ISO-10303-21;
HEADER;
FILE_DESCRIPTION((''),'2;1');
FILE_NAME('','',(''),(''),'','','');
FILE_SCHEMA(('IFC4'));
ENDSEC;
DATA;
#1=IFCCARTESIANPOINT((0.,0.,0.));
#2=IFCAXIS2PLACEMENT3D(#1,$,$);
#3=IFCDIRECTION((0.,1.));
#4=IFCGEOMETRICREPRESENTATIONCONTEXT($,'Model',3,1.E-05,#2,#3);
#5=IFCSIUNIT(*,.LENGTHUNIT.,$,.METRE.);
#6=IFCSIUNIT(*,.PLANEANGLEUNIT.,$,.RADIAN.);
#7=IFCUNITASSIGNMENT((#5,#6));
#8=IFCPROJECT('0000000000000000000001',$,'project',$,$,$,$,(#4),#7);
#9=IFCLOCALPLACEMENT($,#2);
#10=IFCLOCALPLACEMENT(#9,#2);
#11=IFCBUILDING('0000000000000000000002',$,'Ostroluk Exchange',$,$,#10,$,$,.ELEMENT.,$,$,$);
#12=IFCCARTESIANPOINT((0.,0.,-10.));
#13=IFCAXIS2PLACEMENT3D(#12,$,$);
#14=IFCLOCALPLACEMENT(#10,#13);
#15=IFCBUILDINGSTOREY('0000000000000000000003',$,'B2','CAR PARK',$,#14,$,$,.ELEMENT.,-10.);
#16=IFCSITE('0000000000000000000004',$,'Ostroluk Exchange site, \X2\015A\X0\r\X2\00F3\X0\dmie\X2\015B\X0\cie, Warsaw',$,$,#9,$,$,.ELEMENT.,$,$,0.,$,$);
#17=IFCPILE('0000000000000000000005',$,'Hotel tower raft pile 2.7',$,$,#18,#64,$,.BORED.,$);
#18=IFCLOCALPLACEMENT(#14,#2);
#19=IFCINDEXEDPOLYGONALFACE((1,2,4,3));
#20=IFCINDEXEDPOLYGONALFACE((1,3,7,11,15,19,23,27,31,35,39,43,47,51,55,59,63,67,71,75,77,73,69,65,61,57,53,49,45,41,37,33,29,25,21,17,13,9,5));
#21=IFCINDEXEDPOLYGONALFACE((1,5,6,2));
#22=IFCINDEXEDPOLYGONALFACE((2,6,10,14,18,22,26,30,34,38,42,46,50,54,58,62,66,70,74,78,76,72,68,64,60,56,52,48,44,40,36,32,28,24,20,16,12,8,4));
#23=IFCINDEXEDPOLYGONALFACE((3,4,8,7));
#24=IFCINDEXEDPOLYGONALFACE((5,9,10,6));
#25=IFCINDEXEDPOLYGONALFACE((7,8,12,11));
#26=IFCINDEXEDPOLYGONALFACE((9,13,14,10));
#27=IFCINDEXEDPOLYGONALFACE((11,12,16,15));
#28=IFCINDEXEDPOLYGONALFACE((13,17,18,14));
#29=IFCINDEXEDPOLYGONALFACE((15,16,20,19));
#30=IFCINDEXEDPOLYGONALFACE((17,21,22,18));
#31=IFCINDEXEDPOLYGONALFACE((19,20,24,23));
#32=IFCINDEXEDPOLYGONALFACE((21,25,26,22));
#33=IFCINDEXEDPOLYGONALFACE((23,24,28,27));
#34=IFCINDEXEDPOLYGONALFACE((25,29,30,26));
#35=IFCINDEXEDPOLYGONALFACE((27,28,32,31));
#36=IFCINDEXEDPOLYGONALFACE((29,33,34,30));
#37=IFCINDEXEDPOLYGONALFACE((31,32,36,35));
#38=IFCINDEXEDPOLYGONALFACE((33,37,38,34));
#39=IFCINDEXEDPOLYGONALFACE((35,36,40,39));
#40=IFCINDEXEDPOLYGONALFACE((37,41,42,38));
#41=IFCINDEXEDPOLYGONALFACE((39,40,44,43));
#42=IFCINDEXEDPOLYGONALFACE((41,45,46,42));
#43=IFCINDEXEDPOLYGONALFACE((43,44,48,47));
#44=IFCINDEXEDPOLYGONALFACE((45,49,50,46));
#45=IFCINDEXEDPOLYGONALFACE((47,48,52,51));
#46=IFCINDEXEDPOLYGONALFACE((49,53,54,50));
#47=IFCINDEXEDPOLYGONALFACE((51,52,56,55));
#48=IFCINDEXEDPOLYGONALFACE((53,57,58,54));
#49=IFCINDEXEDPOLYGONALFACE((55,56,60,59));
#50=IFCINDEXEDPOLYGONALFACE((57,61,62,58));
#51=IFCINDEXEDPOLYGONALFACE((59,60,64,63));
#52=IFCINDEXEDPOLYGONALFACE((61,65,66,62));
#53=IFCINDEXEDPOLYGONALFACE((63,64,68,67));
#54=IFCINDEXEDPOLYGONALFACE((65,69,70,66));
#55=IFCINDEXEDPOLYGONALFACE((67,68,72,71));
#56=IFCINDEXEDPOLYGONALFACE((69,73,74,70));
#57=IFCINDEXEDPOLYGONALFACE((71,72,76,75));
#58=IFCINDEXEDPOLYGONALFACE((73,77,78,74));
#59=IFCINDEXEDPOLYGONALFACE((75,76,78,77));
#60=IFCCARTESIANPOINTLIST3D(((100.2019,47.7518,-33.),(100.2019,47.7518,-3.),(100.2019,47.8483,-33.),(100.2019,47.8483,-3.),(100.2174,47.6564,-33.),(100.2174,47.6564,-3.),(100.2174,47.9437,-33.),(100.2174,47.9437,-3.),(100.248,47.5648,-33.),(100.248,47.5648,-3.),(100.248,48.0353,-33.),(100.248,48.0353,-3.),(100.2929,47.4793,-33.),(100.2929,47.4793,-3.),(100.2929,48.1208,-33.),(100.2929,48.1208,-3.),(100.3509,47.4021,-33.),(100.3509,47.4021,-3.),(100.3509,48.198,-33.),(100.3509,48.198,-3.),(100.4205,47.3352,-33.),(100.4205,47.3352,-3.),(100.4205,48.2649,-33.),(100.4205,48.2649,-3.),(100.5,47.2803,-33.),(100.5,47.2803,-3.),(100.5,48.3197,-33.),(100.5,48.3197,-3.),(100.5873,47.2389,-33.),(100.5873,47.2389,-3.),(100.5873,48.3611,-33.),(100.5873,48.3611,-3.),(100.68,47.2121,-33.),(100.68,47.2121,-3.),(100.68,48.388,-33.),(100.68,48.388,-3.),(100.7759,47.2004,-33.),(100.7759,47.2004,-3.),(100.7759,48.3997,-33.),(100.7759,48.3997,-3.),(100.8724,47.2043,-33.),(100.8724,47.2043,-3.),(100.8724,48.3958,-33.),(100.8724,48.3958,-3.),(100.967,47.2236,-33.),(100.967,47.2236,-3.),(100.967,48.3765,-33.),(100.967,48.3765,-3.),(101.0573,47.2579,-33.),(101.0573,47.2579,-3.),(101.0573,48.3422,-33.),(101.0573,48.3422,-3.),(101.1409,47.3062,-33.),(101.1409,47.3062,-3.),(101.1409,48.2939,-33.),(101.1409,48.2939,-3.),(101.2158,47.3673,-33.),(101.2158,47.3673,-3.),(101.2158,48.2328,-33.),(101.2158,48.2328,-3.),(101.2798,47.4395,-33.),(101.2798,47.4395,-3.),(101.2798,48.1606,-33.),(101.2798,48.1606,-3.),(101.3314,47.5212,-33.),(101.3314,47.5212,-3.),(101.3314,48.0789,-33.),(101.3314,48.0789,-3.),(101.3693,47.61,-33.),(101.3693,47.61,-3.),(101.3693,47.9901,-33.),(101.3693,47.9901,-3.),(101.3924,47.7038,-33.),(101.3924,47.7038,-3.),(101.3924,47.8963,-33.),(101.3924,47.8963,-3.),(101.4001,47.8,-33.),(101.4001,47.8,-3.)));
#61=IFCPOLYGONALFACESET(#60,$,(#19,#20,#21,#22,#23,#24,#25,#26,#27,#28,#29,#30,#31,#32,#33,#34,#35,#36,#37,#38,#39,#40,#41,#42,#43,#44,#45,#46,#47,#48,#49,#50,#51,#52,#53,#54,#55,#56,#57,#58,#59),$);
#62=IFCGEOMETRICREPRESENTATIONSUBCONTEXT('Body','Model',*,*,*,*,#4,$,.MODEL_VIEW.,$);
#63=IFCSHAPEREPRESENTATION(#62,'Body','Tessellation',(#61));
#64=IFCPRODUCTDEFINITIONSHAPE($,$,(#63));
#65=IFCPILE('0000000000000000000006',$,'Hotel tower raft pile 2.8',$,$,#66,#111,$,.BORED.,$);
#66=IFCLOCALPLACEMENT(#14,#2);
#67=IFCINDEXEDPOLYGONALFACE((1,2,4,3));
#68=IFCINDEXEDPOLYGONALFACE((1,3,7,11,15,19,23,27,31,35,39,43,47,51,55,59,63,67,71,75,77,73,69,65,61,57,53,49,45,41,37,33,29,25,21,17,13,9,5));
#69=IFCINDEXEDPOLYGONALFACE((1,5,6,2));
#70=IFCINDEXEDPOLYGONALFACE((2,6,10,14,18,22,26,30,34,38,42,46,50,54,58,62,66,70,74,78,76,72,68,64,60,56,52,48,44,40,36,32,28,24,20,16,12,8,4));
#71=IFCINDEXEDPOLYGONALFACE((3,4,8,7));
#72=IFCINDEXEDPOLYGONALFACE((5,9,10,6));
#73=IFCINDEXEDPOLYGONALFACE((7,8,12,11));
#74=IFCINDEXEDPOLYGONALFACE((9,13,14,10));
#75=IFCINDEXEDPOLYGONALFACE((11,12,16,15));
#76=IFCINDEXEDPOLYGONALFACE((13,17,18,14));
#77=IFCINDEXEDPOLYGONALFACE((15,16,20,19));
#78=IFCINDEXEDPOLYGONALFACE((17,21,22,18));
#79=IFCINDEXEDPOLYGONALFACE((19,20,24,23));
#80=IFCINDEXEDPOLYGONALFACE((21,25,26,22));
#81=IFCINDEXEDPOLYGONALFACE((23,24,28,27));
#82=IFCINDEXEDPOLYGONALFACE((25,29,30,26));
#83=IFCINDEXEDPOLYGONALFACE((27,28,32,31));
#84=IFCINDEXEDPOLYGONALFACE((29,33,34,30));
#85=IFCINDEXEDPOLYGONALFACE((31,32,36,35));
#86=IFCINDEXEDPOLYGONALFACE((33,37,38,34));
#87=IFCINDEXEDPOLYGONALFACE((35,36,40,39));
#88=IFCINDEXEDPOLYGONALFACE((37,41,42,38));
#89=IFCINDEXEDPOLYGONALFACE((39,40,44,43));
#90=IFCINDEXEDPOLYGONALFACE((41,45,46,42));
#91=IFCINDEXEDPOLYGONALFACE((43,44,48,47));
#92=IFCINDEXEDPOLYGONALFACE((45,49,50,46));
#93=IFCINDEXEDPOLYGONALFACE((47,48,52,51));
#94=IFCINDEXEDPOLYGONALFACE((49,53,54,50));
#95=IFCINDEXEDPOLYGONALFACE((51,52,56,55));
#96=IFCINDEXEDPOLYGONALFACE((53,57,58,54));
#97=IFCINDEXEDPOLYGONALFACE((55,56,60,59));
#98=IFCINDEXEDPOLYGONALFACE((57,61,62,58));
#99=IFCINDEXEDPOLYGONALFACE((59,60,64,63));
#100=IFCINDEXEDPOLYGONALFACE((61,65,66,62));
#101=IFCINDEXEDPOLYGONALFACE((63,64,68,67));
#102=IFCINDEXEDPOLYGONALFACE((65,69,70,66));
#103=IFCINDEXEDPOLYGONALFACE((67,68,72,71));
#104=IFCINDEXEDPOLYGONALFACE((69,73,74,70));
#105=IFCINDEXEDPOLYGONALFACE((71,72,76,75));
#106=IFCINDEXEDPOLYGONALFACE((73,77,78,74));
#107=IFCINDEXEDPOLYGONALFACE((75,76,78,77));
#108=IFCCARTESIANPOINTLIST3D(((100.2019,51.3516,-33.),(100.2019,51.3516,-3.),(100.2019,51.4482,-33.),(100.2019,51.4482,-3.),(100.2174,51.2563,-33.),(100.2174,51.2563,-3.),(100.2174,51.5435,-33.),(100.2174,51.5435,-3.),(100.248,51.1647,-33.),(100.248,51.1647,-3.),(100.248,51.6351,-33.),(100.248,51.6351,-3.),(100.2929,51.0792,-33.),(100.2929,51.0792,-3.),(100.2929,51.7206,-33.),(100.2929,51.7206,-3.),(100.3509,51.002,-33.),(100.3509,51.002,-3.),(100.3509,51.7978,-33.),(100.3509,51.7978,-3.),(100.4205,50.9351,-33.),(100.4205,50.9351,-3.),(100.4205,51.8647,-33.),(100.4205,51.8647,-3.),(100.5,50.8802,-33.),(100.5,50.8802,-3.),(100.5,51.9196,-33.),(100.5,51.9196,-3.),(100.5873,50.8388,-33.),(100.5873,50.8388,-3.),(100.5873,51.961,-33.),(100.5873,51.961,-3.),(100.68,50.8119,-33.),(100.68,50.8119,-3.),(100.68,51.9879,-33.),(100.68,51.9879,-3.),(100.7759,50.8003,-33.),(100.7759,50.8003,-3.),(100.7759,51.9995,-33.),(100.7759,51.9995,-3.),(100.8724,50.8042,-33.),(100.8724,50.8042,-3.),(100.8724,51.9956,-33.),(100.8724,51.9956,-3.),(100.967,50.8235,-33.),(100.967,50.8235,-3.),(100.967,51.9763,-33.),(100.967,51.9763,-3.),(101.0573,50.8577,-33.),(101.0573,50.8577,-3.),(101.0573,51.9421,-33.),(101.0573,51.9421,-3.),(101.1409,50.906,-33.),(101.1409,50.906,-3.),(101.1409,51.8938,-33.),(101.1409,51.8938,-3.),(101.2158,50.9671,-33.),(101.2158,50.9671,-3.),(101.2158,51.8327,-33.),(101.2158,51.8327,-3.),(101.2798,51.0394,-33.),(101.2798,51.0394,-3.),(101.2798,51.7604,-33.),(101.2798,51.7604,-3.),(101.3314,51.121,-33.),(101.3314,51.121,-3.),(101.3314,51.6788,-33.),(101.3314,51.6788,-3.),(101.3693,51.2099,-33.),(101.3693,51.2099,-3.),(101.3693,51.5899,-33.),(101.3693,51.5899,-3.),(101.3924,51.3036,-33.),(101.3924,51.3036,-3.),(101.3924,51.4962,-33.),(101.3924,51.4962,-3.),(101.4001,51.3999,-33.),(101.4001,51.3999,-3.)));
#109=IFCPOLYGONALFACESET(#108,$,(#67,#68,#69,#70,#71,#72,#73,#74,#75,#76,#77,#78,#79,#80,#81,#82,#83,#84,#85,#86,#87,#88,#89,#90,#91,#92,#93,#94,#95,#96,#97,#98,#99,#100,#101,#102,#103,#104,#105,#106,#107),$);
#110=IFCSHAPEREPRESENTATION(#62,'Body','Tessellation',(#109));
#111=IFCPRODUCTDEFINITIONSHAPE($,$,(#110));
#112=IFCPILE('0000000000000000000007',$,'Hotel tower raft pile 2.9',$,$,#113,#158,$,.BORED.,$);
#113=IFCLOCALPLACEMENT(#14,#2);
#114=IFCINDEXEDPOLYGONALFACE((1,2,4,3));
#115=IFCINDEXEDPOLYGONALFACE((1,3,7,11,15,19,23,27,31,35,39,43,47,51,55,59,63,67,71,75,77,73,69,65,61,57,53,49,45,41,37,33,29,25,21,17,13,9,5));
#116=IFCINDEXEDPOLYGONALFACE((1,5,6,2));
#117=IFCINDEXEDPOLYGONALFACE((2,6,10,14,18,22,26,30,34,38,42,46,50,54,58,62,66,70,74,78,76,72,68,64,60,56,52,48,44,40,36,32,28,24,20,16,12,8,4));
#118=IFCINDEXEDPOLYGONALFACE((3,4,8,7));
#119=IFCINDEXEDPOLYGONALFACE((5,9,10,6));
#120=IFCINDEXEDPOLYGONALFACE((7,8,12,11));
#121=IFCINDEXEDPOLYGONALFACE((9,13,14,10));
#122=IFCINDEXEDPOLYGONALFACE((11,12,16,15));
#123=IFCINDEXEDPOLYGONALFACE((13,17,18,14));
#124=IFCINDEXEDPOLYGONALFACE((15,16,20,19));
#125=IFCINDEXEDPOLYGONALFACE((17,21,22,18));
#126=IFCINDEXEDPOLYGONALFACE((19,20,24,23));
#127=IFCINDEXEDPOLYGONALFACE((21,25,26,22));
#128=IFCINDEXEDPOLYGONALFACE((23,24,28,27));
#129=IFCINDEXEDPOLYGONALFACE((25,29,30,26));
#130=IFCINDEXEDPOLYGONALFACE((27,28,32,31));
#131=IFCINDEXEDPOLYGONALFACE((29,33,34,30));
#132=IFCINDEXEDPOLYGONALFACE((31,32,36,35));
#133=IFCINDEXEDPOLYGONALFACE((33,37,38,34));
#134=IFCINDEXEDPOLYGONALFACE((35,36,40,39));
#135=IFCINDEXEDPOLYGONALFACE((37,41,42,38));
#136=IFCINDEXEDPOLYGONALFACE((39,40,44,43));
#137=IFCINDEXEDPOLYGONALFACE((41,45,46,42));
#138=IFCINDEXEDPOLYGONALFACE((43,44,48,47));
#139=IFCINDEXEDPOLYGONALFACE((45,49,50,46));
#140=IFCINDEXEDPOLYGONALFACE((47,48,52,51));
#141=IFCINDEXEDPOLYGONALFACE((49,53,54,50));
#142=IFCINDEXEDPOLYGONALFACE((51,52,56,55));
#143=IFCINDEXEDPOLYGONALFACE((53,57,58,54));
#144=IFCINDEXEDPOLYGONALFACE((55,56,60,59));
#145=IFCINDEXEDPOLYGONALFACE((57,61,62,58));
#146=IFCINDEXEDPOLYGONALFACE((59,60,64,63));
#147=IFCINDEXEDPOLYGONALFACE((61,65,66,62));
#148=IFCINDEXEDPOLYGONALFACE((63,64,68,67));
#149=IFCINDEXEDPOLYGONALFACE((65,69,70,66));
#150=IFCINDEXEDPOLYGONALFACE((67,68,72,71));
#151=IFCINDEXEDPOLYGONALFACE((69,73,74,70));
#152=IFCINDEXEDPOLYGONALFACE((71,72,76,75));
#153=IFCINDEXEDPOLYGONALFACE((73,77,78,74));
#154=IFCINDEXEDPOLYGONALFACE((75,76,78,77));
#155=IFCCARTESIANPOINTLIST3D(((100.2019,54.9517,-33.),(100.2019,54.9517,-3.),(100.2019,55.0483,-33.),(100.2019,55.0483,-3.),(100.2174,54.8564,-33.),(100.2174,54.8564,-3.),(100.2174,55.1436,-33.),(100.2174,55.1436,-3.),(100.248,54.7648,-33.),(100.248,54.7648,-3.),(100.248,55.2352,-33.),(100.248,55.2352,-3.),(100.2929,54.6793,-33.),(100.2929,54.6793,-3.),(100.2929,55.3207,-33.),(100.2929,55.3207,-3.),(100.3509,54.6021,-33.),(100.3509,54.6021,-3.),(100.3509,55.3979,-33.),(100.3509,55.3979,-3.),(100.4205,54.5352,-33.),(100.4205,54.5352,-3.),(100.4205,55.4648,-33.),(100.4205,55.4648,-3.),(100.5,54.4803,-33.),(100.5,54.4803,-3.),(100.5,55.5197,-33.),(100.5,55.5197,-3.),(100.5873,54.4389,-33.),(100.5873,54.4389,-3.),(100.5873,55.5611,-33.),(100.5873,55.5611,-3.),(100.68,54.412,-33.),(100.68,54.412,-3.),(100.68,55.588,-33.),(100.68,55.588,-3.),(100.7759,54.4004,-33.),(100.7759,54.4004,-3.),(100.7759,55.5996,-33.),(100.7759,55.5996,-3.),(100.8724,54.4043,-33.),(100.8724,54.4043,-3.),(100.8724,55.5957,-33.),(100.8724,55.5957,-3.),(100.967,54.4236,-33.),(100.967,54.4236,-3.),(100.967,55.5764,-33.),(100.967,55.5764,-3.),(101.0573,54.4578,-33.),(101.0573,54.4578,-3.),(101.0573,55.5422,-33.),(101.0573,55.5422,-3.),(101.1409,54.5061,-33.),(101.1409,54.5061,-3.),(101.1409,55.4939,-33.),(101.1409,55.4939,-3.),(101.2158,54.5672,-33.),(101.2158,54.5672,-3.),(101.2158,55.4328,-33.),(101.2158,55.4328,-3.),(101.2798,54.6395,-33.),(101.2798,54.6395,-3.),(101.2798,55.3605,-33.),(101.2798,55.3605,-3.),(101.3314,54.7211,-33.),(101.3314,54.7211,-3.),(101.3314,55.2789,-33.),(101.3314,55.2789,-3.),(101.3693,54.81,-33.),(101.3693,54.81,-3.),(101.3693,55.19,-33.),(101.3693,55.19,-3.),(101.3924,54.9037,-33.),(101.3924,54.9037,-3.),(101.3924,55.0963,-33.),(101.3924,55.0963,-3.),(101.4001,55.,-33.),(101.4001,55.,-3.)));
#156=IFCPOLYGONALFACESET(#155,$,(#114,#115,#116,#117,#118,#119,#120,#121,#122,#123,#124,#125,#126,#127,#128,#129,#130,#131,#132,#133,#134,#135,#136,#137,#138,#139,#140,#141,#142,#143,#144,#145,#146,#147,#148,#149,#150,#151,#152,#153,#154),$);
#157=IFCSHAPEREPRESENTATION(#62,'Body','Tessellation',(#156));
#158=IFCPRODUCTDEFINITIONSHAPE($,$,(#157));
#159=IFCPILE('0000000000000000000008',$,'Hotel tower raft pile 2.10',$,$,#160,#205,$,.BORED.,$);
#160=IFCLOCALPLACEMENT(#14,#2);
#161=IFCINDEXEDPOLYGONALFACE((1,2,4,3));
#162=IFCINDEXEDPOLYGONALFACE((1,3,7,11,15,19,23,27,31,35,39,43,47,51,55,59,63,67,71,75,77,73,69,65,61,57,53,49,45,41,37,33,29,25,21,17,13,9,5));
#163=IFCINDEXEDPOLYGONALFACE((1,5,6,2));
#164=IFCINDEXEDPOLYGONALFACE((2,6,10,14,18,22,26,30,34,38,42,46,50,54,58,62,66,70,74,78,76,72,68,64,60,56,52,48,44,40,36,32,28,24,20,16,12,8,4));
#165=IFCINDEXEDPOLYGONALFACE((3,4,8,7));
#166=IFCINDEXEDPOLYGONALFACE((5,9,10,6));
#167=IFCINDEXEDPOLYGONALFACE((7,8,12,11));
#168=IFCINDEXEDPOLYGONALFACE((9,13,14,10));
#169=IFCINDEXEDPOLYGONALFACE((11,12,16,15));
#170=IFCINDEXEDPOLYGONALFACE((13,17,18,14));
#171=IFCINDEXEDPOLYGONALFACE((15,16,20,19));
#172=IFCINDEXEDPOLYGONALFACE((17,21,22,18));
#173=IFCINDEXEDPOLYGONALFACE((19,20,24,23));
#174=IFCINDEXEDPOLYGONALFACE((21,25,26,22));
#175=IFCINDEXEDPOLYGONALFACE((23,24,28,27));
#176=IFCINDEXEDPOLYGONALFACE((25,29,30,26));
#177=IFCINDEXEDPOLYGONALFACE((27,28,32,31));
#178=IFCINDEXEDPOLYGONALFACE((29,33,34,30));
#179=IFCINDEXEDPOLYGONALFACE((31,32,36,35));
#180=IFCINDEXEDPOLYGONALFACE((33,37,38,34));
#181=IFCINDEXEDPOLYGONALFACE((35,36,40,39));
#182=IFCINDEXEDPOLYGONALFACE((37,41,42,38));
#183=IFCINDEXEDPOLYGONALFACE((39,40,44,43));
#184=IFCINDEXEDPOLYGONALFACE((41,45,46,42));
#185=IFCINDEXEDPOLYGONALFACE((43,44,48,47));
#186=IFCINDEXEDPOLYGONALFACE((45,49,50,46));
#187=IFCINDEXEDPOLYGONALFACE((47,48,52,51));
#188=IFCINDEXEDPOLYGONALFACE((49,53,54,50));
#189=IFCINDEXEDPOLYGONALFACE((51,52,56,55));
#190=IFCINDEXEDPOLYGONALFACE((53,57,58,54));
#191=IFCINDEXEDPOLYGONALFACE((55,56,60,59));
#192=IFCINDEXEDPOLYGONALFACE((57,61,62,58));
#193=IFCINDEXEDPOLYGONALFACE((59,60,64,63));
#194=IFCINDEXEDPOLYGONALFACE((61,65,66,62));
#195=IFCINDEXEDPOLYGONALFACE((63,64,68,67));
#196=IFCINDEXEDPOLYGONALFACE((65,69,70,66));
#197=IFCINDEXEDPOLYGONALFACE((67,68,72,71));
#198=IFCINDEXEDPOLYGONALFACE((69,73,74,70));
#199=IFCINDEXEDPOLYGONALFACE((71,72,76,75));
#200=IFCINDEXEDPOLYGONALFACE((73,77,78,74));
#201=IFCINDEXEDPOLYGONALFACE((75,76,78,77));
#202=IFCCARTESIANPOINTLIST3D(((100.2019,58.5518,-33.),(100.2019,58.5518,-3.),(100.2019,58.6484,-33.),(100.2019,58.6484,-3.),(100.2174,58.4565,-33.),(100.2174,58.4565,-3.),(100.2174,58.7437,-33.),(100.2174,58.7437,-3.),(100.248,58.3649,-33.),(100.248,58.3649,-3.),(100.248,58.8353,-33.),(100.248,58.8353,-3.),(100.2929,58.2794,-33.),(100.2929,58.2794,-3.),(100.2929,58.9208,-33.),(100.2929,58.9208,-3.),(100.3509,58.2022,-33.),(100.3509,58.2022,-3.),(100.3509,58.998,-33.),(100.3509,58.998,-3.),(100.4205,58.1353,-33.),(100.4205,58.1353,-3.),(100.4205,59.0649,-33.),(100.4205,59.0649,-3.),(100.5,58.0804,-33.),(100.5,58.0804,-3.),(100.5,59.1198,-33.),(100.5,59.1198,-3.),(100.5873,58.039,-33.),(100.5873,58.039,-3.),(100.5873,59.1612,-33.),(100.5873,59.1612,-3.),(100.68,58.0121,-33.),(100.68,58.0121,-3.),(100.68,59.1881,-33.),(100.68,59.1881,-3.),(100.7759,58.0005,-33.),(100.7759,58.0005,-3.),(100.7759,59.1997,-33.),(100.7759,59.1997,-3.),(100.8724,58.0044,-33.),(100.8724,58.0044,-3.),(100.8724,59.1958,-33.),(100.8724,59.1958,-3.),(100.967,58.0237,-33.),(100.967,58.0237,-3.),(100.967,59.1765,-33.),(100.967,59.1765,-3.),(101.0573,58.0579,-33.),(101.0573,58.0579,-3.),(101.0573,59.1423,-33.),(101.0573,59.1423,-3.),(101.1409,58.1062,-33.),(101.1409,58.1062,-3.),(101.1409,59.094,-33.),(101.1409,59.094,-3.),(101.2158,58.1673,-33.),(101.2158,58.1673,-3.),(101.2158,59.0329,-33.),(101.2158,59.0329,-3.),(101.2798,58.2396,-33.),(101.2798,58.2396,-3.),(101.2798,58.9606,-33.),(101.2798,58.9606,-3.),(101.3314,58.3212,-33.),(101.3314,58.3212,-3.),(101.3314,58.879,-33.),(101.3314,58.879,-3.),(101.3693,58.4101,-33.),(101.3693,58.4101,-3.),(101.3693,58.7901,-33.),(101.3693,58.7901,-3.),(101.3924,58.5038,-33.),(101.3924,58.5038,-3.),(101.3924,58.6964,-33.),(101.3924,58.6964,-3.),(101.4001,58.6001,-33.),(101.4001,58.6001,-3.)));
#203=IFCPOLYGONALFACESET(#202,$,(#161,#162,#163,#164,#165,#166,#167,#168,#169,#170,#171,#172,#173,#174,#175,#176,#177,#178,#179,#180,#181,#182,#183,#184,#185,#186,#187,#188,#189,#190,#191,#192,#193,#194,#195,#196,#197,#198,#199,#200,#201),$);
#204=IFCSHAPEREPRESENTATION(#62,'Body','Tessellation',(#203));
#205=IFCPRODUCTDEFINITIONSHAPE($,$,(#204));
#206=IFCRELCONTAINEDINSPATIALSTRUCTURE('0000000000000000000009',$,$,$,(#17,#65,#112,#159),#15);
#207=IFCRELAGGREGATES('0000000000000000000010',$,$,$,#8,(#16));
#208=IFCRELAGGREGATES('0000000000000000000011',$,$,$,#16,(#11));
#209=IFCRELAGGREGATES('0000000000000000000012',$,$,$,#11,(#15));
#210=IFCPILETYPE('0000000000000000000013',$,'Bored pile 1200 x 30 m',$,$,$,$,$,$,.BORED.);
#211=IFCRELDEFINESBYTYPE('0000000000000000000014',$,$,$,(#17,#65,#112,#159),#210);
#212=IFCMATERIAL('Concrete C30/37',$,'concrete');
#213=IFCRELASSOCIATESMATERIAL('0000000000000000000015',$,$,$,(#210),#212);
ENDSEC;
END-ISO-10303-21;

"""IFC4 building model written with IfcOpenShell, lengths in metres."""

from ifc_helpers import new_model, si_unit, direction, frame, origin, origin_2d, place, context, subcontext, project, spatial, circle, extrude, material, type_object, element, save


model = new_model("IFC4")

# Units and contexts
model_context = context("Model", 3, precision=1e-05, world=origin(), true_north=direction((0.0, 1.0)))
body_context = subcontext(model_context, "Body", "Model", "MODEL_VIEW")
ifc_project = project(units=[si_unit("LENGTHUNIT", "METRE"), si_unit("PLANEANGLEUNIT", "RADIAN")], contexts=[model_context])

# Site, building, storey
site_placement = place(None, origin())
site = spatial("IfcSite", under=ifc_project, at=site_placement, Name="Ostroluk Exchange site, Śródmieście, Warsaw", CompositionType="ELEMENT", RefElevation=0.0)
building_placement = place(site_placement, origin())
building = spatial("IfcBuilding", under=site, at=building_placement, Name="Ostroluk Exchange", CompositionType="ELEMENT")
storey_placement = place(building_placement, frame((0.0, 0.0, -10.0)))
storey = spatial("IfcBuildingStorey", under=building, at=storey_placement, Name="B2", Description="CAR PARK", CompositionType="ELEMENT", Elevation=-10.0)

# Piles
ifc_material_1 = material(Name="Concrete C30/37", Category="concrete")
pile_type_1 = type_object("IfcPileType", Name="Bored pile 1200 x 30 m", PredefinedType="BORED", material=ifc_material_1)
for number, where, z_axis, x_axis, name in (
    (1, (100.8, 47.8, -3.0), (0.0, 0.0, -1.0), (1.0, 0.0, 0.0), "Hotel tower raft pile 2.7"),
    (2, (100.8, 51.3999, -3.0), (0.0, 0.0, -1.0), (1.0, 0.0, 0.0), "Hotel tower raft pile 2.8"),
    (3, (100.8, 55.0, -3.0), (0.0, 0.0, -1.0), (1.0, 0.0, 0.0), "Hotel tower raft pile 2.9"),
    (4, (100.8, 58.6001, -3.0), (0.0, 0.0, -1.0), (1.0, 0.0, 0.0), "Hotel tower raft pile 2.10"),
):
    element("IfcPile", number, at=place(storey_placement, frame(where, z_axis=z_axis, x_axis=x_axis)), inside=storey, type_object=pile_type_1, Name=name, PredefinedType="BORED", context=body_context, shape_type="SweptSolid", body=[
        extrude(circle(Radius=0.6001, at=origin_2d()), origin(), (0.0, 0.0, 1.0), 30.0),
    ])

save(model, "model.ifc")
